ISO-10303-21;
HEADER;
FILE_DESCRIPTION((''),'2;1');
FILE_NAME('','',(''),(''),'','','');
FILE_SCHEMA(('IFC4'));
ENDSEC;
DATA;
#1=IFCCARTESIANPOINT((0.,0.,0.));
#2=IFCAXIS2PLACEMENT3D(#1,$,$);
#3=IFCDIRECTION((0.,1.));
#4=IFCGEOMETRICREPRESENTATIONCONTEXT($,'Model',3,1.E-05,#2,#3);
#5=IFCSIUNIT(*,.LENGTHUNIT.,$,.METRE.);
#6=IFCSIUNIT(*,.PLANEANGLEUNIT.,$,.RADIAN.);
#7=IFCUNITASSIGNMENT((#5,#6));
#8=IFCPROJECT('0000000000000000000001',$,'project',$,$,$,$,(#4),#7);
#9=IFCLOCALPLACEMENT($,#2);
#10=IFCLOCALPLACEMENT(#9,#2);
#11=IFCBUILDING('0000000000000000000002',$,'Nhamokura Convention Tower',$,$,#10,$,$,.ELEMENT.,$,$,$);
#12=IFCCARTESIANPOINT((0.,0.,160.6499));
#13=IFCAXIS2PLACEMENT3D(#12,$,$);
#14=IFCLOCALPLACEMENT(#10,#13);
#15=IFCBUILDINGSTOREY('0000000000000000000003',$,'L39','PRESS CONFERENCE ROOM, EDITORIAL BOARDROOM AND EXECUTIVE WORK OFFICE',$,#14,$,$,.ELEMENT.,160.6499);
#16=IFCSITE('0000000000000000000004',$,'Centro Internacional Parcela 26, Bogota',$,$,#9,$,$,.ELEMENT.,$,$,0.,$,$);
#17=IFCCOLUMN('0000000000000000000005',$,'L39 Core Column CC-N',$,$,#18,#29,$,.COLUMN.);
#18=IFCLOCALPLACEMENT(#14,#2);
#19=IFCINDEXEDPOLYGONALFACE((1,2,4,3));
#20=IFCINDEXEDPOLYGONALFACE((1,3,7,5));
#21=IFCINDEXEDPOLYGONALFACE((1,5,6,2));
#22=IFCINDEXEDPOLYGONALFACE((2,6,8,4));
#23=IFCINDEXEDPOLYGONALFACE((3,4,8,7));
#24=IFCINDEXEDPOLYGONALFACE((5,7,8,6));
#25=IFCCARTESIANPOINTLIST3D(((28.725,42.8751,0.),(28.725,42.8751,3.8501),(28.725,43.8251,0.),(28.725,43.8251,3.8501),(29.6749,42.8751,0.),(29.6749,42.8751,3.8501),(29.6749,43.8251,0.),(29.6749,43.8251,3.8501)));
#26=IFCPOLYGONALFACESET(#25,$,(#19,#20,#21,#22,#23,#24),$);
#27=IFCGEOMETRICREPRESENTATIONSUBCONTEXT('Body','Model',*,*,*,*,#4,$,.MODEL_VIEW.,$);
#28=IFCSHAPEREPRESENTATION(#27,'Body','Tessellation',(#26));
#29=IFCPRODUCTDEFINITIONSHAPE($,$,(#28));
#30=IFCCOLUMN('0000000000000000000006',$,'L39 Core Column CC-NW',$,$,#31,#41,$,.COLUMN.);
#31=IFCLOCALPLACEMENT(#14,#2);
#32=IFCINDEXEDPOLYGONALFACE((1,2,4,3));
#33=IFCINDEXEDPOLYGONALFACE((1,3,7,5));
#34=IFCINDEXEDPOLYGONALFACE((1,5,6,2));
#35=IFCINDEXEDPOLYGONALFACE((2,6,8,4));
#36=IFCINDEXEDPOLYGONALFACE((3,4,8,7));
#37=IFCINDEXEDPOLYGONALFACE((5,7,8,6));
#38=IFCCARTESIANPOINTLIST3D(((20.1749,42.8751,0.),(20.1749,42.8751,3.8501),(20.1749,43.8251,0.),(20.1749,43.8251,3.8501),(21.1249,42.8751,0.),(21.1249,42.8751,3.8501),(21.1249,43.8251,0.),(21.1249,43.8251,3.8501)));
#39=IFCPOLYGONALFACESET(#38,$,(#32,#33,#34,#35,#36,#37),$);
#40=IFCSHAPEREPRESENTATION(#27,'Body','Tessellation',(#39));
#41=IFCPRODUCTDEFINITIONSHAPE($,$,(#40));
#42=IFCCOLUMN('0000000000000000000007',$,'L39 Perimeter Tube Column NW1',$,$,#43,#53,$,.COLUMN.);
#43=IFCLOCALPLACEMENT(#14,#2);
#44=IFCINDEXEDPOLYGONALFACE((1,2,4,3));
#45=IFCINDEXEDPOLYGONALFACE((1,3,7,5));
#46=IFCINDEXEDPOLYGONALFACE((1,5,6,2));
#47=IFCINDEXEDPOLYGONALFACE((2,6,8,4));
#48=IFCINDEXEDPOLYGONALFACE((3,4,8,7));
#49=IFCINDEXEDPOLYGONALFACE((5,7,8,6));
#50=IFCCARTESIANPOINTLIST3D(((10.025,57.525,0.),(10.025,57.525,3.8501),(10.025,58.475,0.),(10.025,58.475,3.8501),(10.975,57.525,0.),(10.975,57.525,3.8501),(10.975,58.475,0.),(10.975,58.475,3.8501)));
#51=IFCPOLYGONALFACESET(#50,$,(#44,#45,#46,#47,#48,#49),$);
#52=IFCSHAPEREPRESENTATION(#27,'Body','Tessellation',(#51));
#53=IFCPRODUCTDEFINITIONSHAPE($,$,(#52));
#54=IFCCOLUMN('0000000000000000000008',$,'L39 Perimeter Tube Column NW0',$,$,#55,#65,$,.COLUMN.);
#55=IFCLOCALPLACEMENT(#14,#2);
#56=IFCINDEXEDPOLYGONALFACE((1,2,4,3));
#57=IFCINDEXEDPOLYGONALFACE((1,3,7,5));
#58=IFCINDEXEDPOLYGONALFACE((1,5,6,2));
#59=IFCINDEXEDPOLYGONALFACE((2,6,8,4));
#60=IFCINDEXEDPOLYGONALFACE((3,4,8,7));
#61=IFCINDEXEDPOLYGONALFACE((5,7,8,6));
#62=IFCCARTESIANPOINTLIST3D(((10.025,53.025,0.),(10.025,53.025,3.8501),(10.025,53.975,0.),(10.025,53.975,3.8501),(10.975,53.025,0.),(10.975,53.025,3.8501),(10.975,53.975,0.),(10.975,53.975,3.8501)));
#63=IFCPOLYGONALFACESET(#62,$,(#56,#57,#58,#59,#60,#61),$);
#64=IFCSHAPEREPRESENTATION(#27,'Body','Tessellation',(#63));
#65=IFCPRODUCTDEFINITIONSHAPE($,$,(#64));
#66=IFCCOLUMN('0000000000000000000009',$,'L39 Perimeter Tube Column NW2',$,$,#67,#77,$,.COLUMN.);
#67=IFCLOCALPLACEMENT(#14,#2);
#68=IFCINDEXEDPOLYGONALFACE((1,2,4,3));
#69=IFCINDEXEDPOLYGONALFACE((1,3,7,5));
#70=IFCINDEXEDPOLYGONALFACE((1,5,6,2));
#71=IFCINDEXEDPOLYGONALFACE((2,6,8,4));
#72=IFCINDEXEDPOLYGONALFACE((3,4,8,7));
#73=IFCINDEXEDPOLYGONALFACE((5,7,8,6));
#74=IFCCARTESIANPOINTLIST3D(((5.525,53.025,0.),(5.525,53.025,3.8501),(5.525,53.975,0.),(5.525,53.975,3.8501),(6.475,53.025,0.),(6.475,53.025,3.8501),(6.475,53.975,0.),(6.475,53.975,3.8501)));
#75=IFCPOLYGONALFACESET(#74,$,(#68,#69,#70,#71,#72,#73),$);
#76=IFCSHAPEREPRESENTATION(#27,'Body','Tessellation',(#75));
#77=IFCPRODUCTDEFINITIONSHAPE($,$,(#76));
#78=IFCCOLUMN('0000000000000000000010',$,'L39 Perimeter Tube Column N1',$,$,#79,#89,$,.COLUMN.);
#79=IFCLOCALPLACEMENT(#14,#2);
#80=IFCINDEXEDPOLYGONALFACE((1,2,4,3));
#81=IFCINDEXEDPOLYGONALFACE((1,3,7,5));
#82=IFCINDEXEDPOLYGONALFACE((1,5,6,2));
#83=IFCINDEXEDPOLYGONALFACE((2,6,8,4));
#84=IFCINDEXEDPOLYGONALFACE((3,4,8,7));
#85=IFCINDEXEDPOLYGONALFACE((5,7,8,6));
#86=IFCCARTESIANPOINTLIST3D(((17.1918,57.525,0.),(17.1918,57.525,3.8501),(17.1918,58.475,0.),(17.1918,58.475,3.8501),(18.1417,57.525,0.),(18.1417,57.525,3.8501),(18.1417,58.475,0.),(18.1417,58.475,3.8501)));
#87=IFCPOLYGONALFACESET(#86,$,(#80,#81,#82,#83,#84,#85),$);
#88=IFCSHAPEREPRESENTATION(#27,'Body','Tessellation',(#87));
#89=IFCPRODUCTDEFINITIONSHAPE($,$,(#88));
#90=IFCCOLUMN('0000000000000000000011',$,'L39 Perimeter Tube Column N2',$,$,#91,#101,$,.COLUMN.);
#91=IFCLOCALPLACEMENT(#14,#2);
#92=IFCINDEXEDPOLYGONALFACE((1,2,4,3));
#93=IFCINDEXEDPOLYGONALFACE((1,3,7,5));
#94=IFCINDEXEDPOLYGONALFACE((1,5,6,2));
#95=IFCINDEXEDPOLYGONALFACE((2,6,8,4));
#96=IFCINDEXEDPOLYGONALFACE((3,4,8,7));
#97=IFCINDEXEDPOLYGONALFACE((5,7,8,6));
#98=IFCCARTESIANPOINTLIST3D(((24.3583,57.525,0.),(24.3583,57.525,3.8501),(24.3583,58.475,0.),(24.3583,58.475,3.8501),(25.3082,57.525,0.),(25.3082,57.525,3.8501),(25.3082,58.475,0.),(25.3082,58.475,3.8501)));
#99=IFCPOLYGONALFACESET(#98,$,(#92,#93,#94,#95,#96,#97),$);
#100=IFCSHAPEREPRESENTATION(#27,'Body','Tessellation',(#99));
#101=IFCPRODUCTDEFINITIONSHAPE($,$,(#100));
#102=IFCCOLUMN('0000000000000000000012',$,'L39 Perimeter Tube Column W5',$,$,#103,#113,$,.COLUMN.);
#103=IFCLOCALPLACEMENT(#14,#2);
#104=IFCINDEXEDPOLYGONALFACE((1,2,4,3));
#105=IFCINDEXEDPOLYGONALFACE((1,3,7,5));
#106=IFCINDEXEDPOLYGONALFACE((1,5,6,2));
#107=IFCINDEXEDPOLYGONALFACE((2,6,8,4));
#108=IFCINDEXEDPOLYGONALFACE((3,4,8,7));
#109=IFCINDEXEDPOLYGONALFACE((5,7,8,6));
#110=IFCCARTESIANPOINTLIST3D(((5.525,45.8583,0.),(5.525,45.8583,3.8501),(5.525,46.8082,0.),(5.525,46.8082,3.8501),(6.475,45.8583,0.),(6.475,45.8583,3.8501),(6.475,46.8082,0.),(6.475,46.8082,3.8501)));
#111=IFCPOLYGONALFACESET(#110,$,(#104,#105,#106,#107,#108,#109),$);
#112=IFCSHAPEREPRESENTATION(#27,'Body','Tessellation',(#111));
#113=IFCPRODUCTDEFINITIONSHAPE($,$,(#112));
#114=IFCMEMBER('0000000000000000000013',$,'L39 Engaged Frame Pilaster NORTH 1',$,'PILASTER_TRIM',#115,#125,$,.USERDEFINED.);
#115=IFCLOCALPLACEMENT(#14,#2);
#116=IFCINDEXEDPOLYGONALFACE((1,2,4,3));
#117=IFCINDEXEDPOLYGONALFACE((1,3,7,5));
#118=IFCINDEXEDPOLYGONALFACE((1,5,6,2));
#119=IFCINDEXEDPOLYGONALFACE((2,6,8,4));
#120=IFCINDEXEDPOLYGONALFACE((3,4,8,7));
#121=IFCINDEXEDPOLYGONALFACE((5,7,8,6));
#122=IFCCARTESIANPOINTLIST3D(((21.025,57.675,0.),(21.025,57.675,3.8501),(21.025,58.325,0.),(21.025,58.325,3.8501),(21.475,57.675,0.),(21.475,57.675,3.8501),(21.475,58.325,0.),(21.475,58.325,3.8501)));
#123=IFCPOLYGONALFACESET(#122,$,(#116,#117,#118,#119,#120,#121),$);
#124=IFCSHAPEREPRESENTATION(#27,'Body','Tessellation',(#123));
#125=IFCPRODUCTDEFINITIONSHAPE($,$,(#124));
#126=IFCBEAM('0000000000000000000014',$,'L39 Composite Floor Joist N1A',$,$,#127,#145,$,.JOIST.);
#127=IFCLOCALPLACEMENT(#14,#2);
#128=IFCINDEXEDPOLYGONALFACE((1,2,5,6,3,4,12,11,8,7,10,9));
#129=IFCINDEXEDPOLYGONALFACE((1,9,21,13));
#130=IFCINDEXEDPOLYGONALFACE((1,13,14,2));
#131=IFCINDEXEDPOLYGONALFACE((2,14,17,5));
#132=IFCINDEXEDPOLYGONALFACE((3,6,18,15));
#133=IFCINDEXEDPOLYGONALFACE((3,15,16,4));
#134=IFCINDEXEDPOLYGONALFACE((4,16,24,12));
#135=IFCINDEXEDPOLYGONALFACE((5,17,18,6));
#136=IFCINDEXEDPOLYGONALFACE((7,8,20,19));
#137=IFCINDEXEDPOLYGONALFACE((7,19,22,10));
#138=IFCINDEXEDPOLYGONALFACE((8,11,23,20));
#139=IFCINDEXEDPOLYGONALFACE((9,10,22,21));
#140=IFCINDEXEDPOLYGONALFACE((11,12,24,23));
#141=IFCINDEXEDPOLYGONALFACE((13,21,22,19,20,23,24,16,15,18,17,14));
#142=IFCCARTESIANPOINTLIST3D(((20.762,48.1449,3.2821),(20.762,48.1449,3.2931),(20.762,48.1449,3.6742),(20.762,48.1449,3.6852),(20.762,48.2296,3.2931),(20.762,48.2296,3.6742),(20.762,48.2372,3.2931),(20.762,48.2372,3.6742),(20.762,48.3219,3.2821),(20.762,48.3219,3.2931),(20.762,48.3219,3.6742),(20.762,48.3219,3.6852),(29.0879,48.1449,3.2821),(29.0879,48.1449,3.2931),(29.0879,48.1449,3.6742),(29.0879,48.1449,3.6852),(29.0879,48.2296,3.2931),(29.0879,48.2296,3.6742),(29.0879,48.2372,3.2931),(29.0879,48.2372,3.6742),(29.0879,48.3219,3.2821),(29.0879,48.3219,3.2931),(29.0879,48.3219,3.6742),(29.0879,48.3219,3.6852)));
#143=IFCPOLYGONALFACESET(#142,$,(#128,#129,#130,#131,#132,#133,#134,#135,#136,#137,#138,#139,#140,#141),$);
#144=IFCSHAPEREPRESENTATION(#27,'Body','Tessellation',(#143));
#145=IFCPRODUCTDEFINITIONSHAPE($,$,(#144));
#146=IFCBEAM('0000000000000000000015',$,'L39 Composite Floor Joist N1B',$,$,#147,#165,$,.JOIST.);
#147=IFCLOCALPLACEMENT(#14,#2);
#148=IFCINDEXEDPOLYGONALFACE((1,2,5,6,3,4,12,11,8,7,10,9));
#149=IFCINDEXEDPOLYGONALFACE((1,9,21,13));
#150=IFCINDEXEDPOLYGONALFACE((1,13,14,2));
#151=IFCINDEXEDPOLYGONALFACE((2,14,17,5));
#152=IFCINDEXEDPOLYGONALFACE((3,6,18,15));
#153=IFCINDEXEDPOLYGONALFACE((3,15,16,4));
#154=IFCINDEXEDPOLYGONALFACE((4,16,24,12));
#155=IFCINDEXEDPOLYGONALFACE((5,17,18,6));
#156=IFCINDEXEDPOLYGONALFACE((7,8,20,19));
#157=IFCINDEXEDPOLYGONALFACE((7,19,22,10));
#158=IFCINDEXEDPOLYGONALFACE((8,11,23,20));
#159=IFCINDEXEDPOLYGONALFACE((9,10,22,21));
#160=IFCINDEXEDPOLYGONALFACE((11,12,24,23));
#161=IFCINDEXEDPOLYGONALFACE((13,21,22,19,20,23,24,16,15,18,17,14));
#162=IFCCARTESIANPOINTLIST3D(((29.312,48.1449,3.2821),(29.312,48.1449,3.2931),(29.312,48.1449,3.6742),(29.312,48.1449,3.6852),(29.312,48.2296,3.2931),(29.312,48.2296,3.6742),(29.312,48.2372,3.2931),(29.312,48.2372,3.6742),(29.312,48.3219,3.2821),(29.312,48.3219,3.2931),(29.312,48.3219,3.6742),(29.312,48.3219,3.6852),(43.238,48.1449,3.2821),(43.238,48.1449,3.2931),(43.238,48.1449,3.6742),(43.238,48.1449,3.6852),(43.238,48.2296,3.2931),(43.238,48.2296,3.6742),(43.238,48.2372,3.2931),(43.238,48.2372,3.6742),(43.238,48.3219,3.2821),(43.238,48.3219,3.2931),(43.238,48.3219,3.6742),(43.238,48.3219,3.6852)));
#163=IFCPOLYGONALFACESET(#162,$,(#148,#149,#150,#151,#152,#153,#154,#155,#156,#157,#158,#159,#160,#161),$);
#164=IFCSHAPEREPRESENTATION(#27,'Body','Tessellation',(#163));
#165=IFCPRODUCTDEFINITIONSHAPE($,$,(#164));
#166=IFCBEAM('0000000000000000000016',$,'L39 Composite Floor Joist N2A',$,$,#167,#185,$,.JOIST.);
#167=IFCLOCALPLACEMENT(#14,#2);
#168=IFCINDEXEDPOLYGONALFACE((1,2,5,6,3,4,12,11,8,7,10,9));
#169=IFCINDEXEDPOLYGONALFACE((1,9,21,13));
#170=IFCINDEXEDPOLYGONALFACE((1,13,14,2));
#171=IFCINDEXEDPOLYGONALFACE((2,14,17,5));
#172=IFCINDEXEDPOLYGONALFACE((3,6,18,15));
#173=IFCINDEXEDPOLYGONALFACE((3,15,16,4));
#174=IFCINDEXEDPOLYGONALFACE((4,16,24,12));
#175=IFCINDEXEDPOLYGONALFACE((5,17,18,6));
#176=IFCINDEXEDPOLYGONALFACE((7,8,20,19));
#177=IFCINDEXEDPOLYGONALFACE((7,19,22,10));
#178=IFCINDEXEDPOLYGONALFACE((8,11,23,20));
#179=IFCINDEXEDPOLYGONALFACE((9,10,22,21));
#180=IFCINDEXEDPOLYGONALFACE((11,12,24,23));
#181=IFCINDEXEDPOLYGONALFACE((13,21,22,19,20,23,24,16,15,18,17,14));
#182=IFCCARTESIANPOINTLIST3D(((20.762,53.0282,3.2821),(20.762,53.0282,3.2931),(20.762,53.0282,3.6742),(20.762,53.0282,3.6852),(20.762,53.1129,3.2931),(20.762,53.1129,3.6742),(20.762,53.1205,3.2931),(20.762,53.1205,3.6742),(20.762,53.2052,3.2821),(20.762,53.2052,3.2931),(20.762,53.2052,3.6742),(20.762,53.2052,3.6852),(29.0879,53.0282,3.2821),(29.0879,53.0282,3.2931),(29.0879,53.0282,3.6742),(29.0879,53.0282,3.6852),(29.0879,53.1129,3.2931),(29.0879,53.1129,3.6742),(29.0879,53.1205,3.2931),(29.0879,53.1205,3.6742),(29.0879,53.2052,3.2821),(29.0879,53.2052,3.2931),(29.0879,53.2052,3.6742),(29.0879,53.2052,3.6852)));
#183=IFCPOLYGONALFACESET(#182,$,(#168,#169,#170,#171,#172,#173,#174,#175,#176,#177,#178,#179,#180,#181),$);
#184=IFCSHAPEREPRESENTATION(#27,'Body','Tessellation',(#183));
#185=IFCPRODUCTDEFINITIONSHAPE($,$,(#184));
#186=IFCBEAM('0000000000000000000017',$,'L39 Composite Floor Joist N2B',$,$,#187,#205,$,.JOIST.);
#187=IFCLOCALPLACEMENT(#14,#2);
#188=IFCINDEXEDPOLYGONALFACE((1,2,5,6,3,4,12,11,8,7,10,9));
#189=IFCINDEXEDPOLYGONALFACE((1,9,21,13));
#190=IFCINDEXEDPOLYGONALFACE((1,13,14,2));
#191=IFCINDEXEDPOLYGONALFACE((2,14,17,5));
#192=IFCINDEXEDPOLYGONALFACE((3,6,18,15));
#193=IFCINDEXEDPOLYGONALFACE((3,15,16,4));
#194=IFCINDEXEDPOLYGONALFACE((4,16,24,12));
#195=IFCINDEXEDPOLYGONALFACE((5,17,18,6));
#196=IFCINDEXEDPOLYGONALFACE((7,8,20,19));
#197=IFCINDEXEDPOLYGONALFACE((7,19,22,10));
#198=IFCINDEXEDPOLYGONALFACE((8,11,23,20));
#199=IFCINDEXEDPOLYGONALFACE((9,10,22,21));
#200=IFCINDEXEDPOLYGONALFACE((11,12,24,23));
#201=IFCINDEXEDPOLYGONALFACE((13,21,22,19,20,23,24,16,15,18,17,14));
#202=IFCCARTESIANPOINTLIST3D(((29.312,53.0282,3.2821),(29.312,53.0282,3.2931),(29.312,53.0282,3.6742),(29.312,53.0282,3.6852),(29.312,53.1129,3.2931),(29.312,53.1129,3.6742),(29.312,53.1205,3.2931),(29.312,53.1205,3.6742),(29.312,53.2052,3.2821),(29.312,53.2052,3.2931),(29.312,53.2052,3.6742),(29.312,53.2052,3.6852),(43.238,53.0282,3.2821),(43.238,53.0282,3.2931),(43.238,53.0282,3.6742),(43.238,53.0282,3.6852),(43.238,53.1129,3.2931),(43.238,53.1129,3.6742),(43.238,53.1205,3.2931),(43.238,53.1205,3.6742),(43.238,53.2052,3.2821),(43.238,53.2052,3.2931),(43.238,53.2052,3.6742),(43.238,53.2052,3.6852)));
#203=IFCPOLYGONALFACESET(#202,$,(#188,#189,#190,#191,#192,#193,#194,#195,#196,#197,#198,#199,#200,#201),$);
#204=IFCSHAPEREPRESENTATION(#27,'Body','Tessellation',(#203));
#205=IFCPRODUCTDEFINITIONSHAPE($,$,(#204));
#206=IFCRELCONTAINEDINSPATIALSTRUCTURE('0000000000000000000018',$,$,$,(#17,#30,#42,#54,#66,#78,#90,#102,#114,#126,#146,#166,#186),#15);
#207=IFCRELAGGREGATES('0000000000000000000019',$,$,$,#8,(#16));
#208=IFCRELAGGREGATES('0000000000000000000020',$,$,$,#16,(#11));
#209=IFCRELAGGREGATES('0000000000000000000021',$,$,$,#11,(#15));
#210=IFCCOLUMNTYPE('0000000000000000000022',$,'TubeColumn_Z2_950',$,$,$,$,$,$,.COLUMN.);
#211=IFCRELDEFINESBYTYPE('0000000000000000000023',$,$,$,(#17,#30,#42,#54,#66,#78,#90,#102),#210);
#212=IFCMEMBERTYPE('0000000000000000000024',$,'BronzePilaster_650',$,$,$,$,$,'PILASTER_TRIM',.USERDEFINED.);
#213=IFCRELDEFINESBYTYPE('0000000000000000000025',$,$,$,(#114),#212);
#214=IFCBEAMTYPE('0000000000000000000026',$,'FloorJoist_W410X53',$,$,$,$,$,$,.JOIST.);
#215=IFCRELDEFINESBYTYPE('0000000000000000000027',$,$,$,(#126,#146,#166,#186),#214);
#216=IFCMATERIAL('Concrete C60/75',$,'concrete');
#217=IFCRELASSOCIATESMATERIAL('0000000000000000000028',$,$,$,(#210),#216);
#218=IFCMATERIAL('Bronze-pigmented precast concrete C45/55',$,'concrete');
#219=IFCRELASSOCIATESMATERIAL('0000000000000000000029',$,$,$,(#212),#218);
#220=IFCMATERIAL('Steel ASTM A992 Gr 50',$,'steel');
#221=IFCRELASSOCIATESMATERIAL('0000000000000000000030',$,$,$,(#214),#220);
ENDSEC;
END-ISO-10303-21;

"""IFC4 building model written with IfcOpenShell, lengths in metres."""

from ifc_helpers import new_model, si_unit, direction, frame, origin, origin_2d, place, context, subcontext, project, spatial, rectangle, i_section, extrude, material, material_profile, profile_set, type_object, element, save


model = new_model("IFC4")

# Units and contexts
model_context = context("Model", 3, precision=1e-05, world=origin(), true_north=direction((0.0, 1.0)))
body_context = subcontext(model_context, "Body", "Model", "MODEL_VIEW")
ifc_project = project(units=[si_unit("LENGTHUNIT", "METRE"), si_unit("PLANEANGLEUNIT", "RADIAN")], contexts=[model_context])

# Site, building, storey
site_placement = place(None, origin())
site = spatial("IfcSite", under=ifc_project, at=site_placement, Name="Centro Internacional Parcela 26, Bogota", CompositionType="ELEMENT", RefElevation=0.0)
building_placement = place(site_placement, origin())
building = spatial("IfcBuilding", under=site, at=building_placement, Name="Nhamokura Convention Tower", CompositionType="ELEMENT")
storey_placement = place(building_placement, frame((0.0, 0.0, 160.6499)))
storey = spatial("IfcBuildingStorey", under=building, at=storey_placement, Name="L39", Description="PRESS CONFERENCE ROOM, EDITORIAL BOARDROOM AND EXECUTIVE WORK OFFICE", CompositionType="ELEMENT", Elevation=160.6499)

# Columns
ifc_material_1 = material(Name="Concrete C60/75", Category="concrete")
ifc_material_profile_1 = material_profile(ifc_material_1, rectangle(XDim=0.95, YDim=0.95, at=origin_2d()))
ifc_profile_set_1 = profile_set([ifc_material_profile_1], Name="Concrete C60/75")
column_type = type_object("IfcColumnType", Name="TubeColumn_Z2_950", PredefinedType="COLUMN", material=ifc_profile_set_1)
for number, where, z_axis, x_axis, name in (
    (1, (29.2, 43.3501, 0.0), (0.0, 0.0, 1.0), (1.0, 0.0, 0.0), "L39 Core Column CC-N"),
    (2, (20.6499, 43.3501, 0.0), (0.0, 0.0, 1.0), (1.0, 0.0, 0.0), "L39 Core Column CC-NW"),
    (3, (10.5, 58.0, 0.0), (0.0, 0.0, 1.0), (1.0, 0.0, 0.0), "L39 Perimeter Tube Column NW1"),
    (4, (10.5, 53.5, 0.0), (0.0, 0.0, 1.0), (1.0, 0.0, 0.0), "L39 Perimeter Tube Column NW0"),
    (5, (6.0, 53.5, 0.0), (0.0, 0.0, 1.0), (1.0, 0.0, 0.0), "L39 Perimeter Tube Column NW2"),
    (6, (17.6667, 58.0, 0.0), (0.0, 0.0, 1.0), (1.0, 0.0, 0.0), "L39 Perimeter Tube Column N1"),
    (7, (24.8333, 58.0, 0.0), (0.0, 0.0, 1.0), (1.0, 0.0, 0.0), "L39 Perimeter Tube Column N2"),
    (8, (6.0, 46.3333, 0.0), (0.0, 0.0, 1.0), (1.0, 0.0, 0.0), "L39 Perimeter Tube Column W5"),
):
    element("IfcColumn", number, at=place(storey_placement, frame(where, z_axis=z_axis, x_axis=x_axis)), inside=storey, type_object=column_type, Name=name, PredefinedType="COLUMN", context=body_context, shape_type="SweptSolid", body=[
        extrude(rectangle(XDim=0.95, YDim=0.95, at=origin_2d()), origin(), (0.0, 0.0, 1.0), 3.8501),
    ])

# Member
ifc_material_2 = material(Name="Bronze-pigmented precast concrete C45/55", Category="concrete")
ifc_material_profile_2 = material_profile(ifc_material_2, rectangle(XDim=0.45, YDim=0.6499, at=origin_2d()))
ifc_profile_set_2 = profile_set([ifc_material_profile_2], Name="Bronze-pigmented precast concrete C45/55")
member_type_1 = type_object("IfcMemberType", Name="BronzePilaster_650", ElementType="PILASTER_TRIM", PredefinedType="USERDEFINED", material=ifc_profile_set_2)
member_placement = place(storey_placement, frame((21.25, 58.0, 0.0), z_axis=(0.0, 0.0, 1.0), x_axis=(1.0, 0.0, 0.0)))
element("IfcMember", 9, at=member_placement, inside=storey, type_object=member_type_1, Name="L39 Engaged Frame Pilaster NORTH 1", ObjectType="PILASTER_TRIM", PredefinedType="USERDEFINED", context=body_context, shape_type="SweptSolid", body=[
    extrude(rectangle(XDim=0.45, YDim=0.6499, at=origin_2d()), origin(), (0.0, 0.0, 1.0), 3.8501),
])

# Beams
ifc_material_3 = material(Name="Steel ASTM A992 Gr 50", Category="steel")
ifc_material_profile_3 = material_profile(ifc_material_3, i_section(OverallWidth=0.177, OverallDepth=0.4031, WebThickness=0.0076, FlangeThickness=0.011, at=origin_2d()))
ifc_profile_set_3 = profile_set([ifc_material_profile_3], Name="Steel ASTM A992 Gr 50")
beam_type_1 = type_object("IfcBeamType", Name="FloorJoist_W410X53", PredefinedType="JOIST", material=ifc_profile_set_3)
beam_1_placement = place(storey_placement, frame((20.762, 48.2334, 3.4836), z_axis=(1.0, 0.0, 0.0), x_axis=(0.0, 1.0, 0.0)))
element("IfcBeam", 10, at=beam_1_placement, inside=storey, type_object=beam_type_1, Name="L39 Composite Floor Joist N1A", PredefinedType="JOIST", context=body_context, shape_type="SweptSolid", body=[
    extrude(i_section(OverallWidth=0.177, OverallDepth=0.4031, WebThickness=0.0076, FlangeThickness=0.011, at=origin_2d()), origin(), (0.0, 0.0, 1.0), 8.3259),
])
beam_2_placement = place(storey_placement, frame((29.312, 48.2334, 3.4836), z_axis=(1.0, 0.0, 0.0), x_axis=(0.0, 1.0, 0.0)))
element("IfcBeam", 11, at=beam_2_placement, inside=storey, type_object=beam_type_1, Name="L39 Composite Floor Joist N1B", PredefinedType="JOIST", context=body_context, shape_type="SweptSolid", body=[
    extrude(i_section(OverallWidth=0.177, OverallDepth=0.4031, WebThickness=0.0076, FlangeThickness=0.011, at=origin_2d()), origin(), (0.0, 0.0, 1.0), 13.926),
])
beam_3_placement = place(storey_placement, frame((20.762, 53.1167, 3.4836), z_axis=(1.0, 0.0, 0.0), x_axis=(0.0, 1.0, 0.0)))
element("IfcBeam", 12, at=beam_3_placement, inside=storey, type_object=beam_type_1, Name="L39 Composite Floor Joist N2A", PredefinedType="JOIST", context=body_context, shape_type="SweptSolid", body=[
    extrude(i_section(OverallWidth=0.177, OverallDepth=0.4031, WebThickness=0.0076, FlangeThickness=0.011, at=origin_2d()), origin(), (0.0, 0.0, 1.0), 8.3259),
])
beam_4_placement = place(storey_placement, frame((29.312, 53.1167, 3.4836), z_axis=(1.0, 0.0, 0.0), x_axis=(0.0, 1.0, 0.0)))
element("IfcBeam", 13, at=beam_4_placement, inside=storey, type_object=beam_type_1, Name="L39 Composite Floor Joist N2B", PredefinedType="JOIST", context=body_context, shape_type="SweptSolid", body=[
    extrude(i_section(OverallWidth=0.177, OverallDepth=0.4031, WebThickness=0.0076, FlangeThickness=0.011, at=origin_2d()), origin(), (0.0, 0.0, 1.0), 13.926),
])

save(model, "model.ifc")
